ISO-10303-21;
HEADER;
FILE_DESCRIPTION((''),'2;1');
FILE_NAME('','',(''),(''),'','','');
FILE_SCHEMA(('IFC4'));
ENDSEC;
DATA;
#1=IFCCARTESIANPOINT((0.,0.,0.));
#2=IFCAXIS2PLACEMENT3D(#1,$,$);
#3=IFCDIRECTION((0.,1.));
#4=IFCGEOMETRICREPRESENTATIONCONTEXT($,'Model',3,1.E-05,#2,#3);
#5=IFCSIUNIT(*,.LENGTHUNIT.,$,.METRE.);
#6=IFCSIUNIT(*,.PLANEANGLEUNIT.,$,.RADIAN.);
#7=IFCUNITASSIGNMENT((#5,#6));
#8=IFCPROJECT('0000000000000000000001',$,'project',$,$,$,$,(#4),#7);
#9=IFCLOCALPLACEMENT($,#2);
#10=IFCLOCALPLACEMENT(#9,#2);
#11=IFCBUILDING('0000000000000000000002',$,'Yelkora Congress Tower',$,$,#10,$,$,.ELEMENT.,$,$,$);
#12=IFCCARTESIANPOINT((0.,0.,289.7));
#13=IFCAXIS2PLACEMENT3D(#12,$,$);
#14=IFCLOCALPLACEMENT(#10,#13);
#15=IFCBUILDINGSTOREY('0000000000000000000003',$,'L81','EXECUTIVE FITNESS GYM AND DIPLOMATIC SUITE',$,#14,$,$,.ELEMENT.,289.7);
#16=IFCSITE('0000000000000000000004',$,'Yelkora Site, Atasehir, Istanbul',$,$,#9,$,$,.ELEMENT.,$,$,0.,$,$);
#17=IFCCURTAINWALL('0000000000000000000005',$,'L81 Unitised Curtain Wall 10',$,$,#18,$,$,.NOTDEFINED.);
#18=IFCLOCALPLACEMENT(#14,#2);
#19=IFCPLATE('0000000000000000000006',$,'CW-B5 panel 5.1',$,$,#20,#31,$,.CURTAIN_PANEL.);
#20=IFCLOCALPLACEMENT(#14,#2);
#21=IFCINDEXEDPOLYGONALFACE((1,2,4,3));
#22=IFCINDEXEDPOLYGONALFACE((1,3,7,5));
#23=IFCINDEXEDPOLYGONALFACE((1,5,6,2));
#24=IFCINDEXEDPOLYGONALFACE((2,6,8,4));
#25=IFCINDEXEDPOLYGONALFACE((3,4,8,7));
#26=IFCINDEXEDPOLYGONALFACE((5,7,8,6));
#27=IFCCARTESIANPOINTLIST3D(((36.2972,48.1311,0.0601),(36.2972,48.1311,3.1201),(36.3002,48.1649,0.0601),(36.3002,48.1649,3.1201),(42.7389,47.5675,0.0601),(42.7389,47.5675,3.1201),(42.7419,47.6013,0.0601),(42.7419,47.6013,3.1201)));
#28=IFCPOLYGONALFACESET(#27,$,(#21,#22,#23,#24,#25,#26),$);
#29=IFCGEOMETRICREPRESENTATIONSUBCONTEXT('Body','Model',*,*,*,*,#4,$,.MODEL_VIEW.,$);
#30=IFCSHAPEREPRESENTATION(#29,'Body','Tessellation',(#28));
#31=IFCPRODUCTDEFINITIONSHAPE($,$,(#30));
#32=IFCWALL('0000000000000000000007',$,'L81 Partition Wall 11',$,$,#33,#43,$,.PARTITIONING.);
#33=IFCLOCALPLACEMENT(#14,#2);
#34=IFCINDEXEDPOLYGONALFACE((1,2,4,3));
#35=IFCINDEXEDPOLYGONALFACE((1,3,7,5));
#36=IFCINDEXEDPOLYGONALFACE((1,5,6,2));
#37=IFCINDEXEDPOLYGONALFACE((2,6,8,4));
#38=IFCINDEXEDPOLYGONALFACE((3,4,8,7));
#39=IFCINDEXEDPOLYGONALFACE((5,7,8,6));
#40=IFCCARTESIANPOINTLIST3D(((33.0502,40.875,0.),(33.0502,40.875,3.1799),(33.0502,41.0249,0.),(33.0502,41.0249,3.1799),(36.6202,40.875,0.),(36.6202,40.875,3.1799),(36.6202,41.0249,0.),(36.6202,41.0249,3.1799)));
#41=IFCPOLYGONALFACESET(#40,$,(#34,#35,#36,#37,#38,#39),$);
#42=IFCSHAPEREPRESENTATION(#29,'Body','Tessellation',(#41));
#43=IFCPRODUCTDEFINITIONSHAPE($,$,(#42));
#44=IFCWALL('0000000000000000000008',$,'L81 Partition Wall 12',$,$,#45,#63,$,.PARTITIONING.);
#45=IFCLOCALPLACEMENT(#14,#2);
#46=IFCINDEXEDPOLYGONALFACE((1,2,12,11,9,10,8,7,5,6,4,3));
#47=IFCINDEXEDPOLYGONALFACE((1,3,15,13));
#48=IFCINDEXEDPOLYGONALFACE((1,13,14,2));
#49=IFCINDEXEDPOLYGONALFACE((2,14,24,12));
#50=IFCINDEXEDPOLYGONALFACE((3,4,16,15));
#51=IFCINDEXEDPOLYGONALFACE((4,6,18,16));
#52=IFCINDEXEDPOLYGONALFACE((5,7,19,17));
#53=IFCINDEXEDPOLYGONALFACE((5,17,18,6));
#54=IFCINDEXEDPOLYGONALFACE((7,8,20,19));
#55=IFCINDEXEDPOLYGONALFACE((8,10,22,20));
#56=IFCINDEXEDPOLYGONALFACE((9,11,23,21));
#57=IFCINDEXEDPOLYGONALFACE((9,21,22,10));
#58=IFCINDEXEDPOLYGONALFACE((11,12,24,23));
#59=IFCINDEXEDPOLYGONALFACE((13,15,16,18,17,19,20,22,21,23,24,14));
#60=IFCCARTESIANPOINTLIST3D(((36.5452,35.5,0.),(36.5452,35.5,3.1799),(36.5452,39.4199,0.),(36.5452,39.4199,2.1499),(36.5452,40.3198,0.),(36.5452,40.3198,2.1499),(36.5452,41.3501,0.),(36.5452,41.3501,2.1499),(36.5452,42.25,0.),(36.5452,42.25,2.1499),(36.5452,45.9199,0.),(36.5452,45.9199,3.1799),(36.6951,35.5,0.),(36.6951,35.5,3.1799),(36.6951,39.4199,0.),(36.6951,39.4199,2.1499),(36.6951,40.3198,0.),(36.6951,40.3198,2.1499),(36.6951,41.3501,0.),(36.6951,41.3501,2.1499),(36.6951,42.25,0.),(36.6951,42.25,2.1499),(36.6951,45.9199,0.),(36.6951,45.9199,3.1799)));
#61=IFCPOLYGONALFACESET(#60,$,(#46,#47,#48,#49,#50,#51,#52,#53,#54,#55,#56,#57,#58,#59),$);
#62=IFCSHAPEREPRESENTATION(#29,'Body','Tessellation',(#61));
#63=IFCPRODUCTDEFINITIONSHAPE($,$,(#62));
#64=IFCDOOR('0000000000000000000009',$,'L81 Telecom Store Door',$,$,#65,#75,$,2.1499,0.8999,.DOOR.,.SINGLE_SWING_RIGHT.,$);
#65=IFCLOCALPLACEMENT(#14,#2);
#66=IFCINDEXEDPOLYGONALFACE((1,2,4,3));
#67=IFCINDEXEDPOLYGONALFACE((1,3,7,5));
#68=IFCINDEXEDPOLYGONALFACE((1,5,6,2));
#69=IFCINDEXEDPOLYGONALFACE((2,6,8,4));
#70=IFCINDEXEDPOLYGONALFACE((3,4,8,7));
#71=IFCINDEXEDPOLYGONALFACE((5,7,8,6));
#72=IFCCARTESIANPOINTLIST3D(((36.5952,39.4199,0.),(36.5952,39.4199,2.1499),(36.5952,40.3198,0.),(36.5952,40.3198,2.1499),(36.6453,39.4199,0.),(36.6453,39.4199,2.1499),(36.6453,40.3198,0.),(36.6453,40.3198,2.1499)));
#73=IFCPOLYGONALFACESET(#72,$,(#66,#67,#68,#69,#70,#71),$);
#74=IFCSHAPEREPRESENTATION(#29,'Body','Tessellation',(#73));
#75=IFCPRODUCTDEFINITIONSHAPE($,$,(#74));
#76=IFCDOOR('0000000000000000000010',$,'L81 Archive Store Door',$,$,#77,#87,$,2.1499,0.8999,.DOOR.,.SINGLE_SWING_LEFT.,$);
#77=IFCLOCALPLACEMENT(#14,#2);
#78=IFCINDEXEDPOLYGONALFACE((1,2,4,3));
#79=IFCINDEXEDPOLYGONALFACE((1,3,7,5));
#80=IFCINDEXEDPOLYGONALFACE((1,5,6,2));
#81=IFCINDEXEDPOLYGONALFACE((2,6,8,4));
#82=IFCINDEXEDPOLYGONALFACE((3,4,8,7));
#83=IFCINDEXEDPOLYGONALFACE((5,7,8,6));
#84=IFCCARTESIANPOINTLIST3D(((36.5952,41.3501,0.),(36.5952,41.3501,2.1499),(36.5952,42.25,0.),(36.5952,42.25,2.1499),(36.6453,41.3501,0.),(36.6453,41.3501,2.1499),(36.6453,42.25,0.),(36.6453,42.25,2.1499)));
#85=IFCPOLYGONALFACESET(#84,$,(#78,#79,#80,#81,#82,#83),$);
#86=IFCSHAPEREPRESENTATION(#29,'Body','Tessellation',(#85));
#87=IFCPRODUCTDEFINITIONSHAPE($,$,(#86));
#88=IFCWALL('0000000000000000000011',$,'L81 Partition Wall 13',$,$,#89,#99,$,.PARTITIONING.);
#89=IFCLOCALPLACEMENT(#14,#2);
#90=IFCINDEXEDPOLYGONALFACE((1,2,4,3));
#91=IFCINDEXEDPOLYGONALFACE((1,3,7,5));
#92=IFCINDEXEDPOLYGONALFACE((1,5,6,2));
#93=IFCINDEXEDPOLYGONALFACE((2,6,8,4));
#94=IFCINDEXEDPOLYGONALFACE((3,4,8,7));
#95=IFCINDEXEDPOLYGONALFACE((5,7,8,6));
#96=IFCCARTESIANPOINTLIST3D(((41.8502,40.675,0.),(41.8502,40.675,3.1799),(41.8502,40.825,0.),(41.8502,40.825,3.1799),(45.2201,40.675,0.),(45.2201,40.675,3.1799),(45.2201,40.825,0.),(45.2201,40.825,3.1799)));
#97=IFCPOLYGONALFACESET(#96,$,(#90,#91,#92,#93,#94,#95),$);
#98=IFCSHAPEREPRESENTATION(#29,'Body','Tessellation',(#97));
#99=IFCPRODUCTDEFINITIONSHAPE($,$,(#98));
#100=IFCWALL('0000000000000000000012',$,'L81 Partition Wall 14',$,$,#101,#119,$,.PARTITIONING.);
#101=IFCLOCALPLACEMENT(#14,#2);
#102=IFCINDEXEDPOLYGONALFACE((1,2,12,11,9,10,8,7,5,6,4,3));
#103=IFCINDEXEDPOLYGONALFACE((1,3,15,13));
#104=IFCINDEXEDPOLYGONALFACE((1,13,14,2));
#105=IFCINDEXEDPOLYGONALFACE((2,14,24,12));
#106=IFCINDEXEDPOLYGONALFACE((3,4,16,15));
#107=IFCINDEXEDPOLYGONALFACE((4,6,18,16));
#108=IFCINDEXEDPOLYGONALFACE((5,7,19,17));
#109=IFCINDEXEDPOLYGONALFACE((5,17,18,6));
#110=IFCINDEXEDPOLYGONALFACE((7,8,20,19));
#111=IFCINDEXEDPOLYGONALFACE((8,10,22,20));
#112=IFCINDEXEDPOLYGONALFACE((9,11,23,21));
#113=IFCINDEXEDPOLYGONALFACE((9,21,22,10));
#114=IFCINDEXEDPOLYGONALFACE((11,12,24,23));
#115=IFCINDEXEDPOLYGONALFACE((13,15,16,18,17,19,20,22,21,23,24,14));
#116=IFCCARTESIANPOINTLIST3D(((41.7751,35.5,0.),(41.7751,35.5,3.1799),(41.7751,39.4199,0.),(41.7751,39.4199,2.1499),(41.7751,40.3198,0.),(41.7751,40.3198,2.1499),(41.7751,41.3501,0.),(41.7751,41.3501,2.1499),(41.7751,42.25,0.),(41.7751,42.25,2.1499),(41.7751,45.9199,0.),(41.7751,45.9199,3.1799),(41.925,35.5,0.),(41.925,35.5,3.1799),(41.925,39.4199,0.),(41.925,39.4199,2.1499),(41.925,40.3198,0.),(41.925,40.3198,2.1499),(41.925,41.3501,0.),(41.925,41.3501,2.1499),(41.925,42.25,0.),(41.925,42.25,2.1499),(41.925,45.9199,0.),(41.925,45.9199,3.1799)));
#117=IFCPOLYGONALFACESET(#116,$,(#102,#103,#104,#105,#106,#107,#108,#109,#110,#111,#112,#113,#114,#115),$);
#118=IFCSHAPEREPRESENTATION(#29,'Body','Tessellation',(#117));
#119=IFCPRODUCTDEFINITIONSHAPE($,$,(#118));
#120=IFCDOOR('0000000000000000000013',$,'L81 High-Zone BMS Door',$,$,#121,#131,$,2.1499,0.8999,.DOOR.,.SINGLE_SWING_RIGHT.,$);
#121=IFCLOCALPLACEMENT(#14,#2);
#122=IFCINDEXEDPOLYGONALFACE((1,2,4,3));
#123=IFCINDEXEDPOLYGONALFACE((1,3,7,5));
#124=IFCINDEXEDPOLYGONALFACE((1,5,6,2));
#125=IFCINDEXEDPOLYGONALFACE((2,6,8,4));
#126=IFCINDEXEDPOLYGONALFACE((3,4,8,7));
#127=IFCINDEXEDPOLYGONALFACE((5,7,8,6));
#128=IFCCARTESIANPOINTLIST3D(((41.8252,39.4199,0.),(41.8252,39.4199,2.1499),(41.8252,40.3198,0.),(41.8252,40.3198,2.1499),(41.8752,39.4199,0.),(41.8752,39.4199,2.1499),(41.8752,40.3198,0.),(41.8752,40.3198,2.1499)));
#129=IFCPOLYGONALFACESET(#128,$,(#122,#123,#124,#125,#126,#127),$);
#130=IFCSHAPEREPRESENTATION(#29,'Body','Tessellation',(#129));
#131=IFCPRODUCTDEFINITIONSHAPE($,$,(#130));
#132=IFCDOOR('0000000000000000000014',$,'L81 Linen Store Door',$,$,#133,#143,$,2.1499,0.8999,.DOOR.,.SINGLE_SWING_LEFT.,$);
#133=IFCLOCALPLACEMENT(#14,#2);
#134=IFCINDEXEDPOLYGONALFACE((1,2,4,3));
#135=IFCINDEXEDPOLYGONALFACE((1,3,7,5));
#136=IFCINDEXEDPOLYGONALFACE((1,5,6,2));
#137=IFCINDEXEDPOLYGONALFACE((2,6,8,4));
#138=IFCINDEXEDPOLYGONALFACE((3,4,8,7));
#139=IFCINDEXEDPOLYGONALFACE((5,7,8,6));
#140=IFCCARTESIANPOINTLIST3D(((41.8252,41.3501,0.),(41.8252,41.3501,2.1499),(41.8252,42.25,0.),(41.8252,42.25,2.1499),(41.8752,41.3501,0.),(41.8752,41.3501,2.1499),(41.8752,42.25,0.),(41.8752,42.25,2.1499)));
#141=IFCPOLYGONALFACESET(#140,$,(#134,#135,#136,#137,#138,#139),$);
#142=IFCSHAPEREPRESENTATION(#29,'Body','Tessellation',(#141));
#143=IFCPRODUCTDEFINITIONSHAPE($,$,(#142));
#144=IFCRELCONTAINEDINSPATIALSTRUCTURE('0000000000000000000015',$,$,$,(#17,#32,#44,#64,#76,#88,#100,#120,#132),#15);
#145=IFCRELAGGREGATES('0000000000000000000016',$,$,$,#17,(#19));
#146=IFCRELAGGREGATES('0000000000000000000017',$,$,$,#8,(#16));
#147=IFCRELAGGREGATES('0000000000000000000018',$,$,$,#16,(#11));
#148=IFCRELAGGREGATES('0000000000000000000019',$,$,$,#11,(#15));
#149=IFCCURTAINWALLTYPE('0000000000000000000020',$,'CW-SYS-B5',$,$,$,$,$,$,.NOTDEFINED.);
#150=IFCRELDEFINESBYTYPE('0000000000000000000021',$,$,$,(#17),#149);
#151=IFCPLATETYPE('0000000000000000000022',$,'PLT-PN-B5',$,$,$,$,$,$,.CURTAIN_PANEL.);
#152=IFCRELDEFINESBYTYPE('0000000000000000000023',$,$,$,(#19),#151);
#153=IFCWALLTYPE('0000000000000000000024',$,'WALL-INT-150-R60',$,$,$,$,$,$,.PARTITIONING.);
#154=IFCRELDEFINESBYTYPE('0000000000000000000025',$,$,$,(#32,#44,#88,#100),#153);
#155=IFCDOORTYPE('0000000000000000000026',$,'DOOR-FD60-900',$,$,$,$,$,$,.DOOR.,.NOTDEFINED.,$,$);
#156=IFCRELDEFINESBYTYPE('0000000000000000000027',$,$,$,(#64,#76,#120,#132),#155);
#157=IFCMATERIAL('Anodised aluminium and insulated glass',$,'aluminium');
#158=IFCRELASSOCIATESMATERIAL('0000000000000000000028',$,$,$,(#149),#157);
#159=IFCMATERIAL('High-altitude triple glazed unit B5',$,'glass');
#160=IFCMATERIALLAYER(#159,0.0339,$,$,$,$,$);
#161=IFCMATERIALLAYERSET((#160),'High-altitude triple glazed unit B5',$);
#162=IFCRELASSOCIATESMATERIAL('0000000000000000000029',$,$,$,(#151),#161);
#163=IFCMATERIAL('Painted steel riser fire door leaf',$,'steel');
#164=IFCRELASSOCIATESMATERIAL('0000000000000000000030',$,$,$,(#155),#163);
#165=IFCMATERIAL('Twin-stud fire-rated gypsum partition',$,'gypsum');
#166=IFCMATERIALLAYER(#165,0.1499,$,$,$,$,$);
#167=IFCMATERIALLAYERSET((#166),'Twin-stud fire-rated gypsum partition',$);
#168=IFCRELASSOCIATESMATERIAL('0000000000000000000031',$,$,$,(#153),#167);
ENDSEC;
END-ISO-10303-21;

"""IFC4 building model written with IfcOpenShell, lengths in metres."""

from ifc_helpers import new_model, si_unit, direction, frame, frame_2d, origin, origin_2d, place, context, subcontext, project, spatial, rectangle, extrude, material, layer, layer_set, type_object, element, fill, aggregate, save


model = new_model("IFC4")

# Units and contexts
model_context = context("Model", 3, precision=1e-05, world=origin(), true_north=direction((0.0, 1.0)))
body_context = subcontext(model_context, "Body", "Model", "MODEL_VIEW")
ifc_project = project(units=[si_unit("LENGTHUNIT", "METRE"), si_unit("PLANEANGLEUNIT", "RADIAN")], contexts=[model_context])

# Site, building, storey
site_placement = place(None, origin())
site = spatial("IfcSite", under=ifc_project, at=site_placement, Name="Yelkora Site, Atasehir, Istanbul", CompositionType="ELEMENT", RefElevation=0.0)
building_placement = place(site_placement, origin())
building = spatial("IfcBuilding", under=site, at=building_placement, Name="Yelkora Congress Tower", CompositionType="ELEMENT")
storey_placement = place(building_placement, frame((0.0, 0.0, 289.7)))
storey = spatial("IfcBuildingStorey", under=building, at=storey_placement, Name="L81", Description="EXECUTIVE FITNESS GYM AND DIPLOMATIC SUITE", CompositionType="ELEMENT", Elevation=289.7)

# Curtain wall, plate
ifc_material_1 = material(Name="Anodised aluminium and insulated glass", Category="aluminium")
curtain_wall_type = type_object("IfcCurtainWallType", Name="CW-SYS-B5", PredefinedType="NOTDEFINED", material=ifc_material_1)
curtain_wall_placement = place(storey_placement, origin())
curtain_wall = element("IfcCurtainWall", 1, at=curtain_wall_placement, inside=storey, type_object=curtain_wall_type, Name="L81 Unitised Curtain Wall 10", PredefinedType="NOTDEFINED")
ifc_material_2 = material(Name="High-altitude triple glazed unit B5", Category="glass")
ifc_layer_1 = layer(ifc_material_2, 0.0339)
ifc_layer_set_1 = layer_set([ifc_layer_1], Name="High-altitude triple glazed unit B5")
plate_type = type_object("IfcPlateType", Name="PLT-PN-B5", PredefinedType="CURTAIN_PANEL", material=ifc_layer_set_1)
plate_1_placement = place(storey_placement, frame((39.5195, 47.8662, 0.0601), z_axis=(0.0, 0.0, 1.0), x_axis=(0.996195, -0.087157, 0.0)))
plate_1 = element("IfcPlate", 2, at=plate_1_placement, type_object=plate_type, Name="CW-B5 panel 5.1", PredefinedType="CURTAIN_PANEL", context=body_context, shape_type="SweptSolid", body=[
    extrude(rectangle(XDim=6.4663, YDim=0.0339, at=origin_2d()), origin(), (0.0, 0.0, 1.0), 3.0601),
])
aggregate(curtain_wall, [plate_1])

# Shared definitions
ifc_material_3 = material(Name="Painted steel riser fire door leaf", Category="steel")
door_type_1 = type_object("IfcDoorType", Name="DOOR-FD60-900", OperationType="NOTDEFINED", PredefinedType="DOOR", material=ifc_material_3)

# Wall
ifc_material_4 = material(Name="Twin-stud fire-rated gypsum partition", Category="gypsum")
ifc_layer_2 = layer(ifc_material_4, 0.1499)
ifc_layer_set_2 = layer_set([ifc_layer_2], Name="Twin-stud fire-rated gypsum partition")
wall_type_1 = type_object("IfcWallType", Name="WALL-INT-150-R60", PredefinedType="PARTITIONING", material=ifc_layer_set_2)
wall_1_placement = place(storey_placement, frame((33.05, 40.95, 0.0), z_axis=(0.0, 0.0, 1.0), x_axis=(1.0, 0.0, 0.0)))
element("IfcWall", 3, at=wall_1_placement, inside=storey, type_object=wall_type_1, Name="L81 Partition Wall 11", PredefinedType="PARTITIONING", context=body_context, shape_type="SweptSolid", body=[
    extrude(rectangle(XDim=3.5701, YDim=0.1499, at=frame_2d((1.7852, 0.0))), origin(), (0.0, 0.0, 1.0), 3.1799),
])

# Wall, openings, doors
wall_2_placement = place(storey_placement, frame((36.6201, 35.5, 0.0), z_axis=(0.0, 0.0, 1.0), x_axis=(0.0, 1.0, 0.0)))
wall_2 = element("IfcWall", 4, at=wall_2_placement, inside=storey, type_object=wall_type_1, Name="L81 Partition Wall 12", PredefinedType="PARTITIONING", context=body_context, shape_type="SweptSolid", body=[
    extrude(rectangle(XDim=10.4199, YDim=0.1499, at=frame_2d((5.21, 0.0))), origin(), (0.0, 0.0, 1.0), 3.1799),
])
opening_1_placement = place(wall_2_placement, frame((3.9199, 0.0, 0.0)))
opening_1 = element("IfcOpeningElement", 5, at=opening_1_placement, cuts=wall_2, PredefinedType="OPENING", context=body_context, shape_type="SweptSolid", body=[
    extrude(rectangle(XDim=0.8999, YDim=2.1499, at=frame_2d((0.45, 1.075))), frame((0.0, 0.085, 0.0), z_axis=(0.0, -1.0, 0.0), x_axis=(1.0, 0.0, 0.0)), (0.0, 0.0, 1.0), 0.1699),
])
opening_2_placement = place(wall_2_placement, frame((5.8501, 0.0, 0.0)))
opening_2 = element("IfcOpeningElement", 6, at=opening_2_placement, cuts=wall_2, PredefinedType="OPENING", context=body_context, shape_type="SweptSolid", body=[
    extrude(rectangle(XDim=0.8999, YDim=2.1499, at=frame_2d((0.45, 1.075))), frame((0.0, 0.085, 0.0), z_axis=(0.0, -1.0, 0.0), x_axis=(1.0, 0.0, 0.0)), (0.0, 0.0, 1.0), 0.1699),
])
door_1_placement = place(opening_1_placement, origin())
door_1 = element("IfcDoor", 7, at=door_1_placement, inside=storey, type_object=door_type_1, Name="L81 Telecom Store Door", OperationType="SINGLE_SWING_RIGHT", OverallHeight=2.1499, OverallWidth=0.8999, PredefinedType="DOOR", context=body_context, shape_type="SweptSolid", body=[
    extrude(rectangle(XDim=0.8999, YDim=2.1499, at=frame_2d((0.45, 1.075))), frame((0.0, 0.0249, 0.0), z_axis=(0.0, -1.0, 0.0), x_axis=(1.0, 0.0, 0.0)), (0.0, 0.0, 1.0), 0.05),
])
fill(opening_1, door_1)
door_2_placement = place(opening_2_placement, origin())
door_2 = element("IfcDoor", 8, at=door_2_placement, inside=storey, type_object=door_type_1, Name="L81 Archive Store Door", OperationType="SINGLE_SWING_LEFT", OverallHeight=2.1499, OverallWidth=0.8999, PredefinedType="DOOR", context=body_context, shape_type="SweptSolid", body=[
    extrude(rectangle(XDim=0.8999, YDim=2.1499, at=frame_2d((0.45, 1.075))), frame((0.0, 0.0249, 0.0), z_axis=(0.0, -1.0, 0.0), x_axis=(1.0, 0.0, 0.0)), (0.0, 0.0, 1.0), 0.05),
])
fill(opening_2, door_2)

# Wall
wall_3_placement = place(storey_placement, frame((41.8501, 40.75, 0.0), z_axis=(0.0, 0.0, 1.0), x_axis=(1.0, 0.0, 0.0)))
element("IfcWall", 9, at=wall_3_placement, inside=storey, type_object=wall_type_1, Name="L81 Partition Wall 13", PredefinedType="PARTITIONING", context=body_context, shape_type="SweptSolid", body=[
    extrude(rectangle(XDim=3.3699, YDim=0.1499, at=frame_2d((1.6851, 0.0))), origin(), (0.0, 0.0, 1.0), 3.1799),
])

# Wall, openings, doors
wall_4_placement = place(storey_placement, frame((41.8501, 35.5, 0.0), z_axis=(0.0, 0.0, 1.0), x_axis=(0.0, 1.0, 0.0)))
wall_4 = element("IfcWall", 10, at=wall_4_placement, inside=storey, type_object=wall_type_1, Name="L81 Partition Wall 14", PredefinedType="PARTITIONING", context=body_context, shape_type="SweptSolid", body=[
    extrude(rectangle(XDim=10.4199, YDim=0.1499, at=frame_2d((5.21, 0.0))), origin(), (0.0, 0.0, 1.0), 3.1799),
])
opening_3_placement = place(wall_4_placement, frame((3.9199, 0.0, 0.0)))
opening_3 = element("IfcOpeningElement", 11, at=opening_3_placement, cuts=wall_4, PredefinedType="OPENING", context=body_context, shape_type="SweptSolid", body=[
    extrude(rectangle(XDim=0.8999, YDim=2.1499, at=frame_2d((0.45, 1.075))), frame((0.0, 0.085, 0.0), z_axis=(0.0, -1.0, 0.0), x_axis=(1.0, 0.0, 0.0)), (0.0, 0.0, 1.0), 0.1699),
])
opening_4_placement = place(wall_4_placement, frame((5.8501, 0.0, 0.0)))
opening_4 = element("IfcOpeningElement", 12, at=opening_4_placement, cuts=wall_4, PredefinedType="OPENING", context=body_context, shape_type="SweptSolid", body=[
    extrude(rectangle(XDim=0.8999, YDim=2.1499, at=frame_2d((0.45, 1.075))), frame((0.0, 0.085, 0.0), z_axis=(0.0, -1.0, 0.0), x_axis=(1.0, 0.0, 0.0)), (0.0, 0.0, 1.0), 0.1699),
])
door_3_placement = place(opening_3_placement, origin())
door_3 = element("IfcDoor", 13, at=door_3_placement, inside=storey, type_object=door_type_1, Name="L81 High-Zone BMS Door", OperationType="SINGLE_SWING_RIGHT", OverallHeight=2.1499, OverallWidth=0.8999, PredefinedType="DOOR", context=body_context, shape_type="SweptSolid", body=[
    extrude(rectangle(XDim=0.8999, YDim=2.1499, at=frame_2d((0.45, 1.075))), frame((0.0, 0.0249, 0.0), z_axis=(0.0, -1.0, 0.0), x_axis=(1.0, 0.0, 0.0)), (0.0, 0.0, 1.0), 0.05),
])
fill(opening_3, door_3)
door_4_placement = place(opening_4_placement, origin())
door_4 = element("IfcDoor", 14, at=door_4_placement, inside=storey, type_object=door_type_1, Name="L81 Linen Store Door", OperationType="SINGLE_SWING_LEFT", OverallHeight=2.1499, OverallWidth=0.8999, PredefinedType="DOOR", context=body_context, shape_type="SweptSolid", body=[
    extrude(rectangle(XDim=0.8999, YDim=2.1499, at=frame_2d((0.45, 1.075))), frame((0.0, 0.0249, 0.0), z_axis=(0.0, -1.0, 0.0), x_axis=(1.0, 0.0, 0.0)), (0.0, 0.0, 1.0), 0.05),
])
fill(opening_4, door_4)

save(model, "model.ifc")
